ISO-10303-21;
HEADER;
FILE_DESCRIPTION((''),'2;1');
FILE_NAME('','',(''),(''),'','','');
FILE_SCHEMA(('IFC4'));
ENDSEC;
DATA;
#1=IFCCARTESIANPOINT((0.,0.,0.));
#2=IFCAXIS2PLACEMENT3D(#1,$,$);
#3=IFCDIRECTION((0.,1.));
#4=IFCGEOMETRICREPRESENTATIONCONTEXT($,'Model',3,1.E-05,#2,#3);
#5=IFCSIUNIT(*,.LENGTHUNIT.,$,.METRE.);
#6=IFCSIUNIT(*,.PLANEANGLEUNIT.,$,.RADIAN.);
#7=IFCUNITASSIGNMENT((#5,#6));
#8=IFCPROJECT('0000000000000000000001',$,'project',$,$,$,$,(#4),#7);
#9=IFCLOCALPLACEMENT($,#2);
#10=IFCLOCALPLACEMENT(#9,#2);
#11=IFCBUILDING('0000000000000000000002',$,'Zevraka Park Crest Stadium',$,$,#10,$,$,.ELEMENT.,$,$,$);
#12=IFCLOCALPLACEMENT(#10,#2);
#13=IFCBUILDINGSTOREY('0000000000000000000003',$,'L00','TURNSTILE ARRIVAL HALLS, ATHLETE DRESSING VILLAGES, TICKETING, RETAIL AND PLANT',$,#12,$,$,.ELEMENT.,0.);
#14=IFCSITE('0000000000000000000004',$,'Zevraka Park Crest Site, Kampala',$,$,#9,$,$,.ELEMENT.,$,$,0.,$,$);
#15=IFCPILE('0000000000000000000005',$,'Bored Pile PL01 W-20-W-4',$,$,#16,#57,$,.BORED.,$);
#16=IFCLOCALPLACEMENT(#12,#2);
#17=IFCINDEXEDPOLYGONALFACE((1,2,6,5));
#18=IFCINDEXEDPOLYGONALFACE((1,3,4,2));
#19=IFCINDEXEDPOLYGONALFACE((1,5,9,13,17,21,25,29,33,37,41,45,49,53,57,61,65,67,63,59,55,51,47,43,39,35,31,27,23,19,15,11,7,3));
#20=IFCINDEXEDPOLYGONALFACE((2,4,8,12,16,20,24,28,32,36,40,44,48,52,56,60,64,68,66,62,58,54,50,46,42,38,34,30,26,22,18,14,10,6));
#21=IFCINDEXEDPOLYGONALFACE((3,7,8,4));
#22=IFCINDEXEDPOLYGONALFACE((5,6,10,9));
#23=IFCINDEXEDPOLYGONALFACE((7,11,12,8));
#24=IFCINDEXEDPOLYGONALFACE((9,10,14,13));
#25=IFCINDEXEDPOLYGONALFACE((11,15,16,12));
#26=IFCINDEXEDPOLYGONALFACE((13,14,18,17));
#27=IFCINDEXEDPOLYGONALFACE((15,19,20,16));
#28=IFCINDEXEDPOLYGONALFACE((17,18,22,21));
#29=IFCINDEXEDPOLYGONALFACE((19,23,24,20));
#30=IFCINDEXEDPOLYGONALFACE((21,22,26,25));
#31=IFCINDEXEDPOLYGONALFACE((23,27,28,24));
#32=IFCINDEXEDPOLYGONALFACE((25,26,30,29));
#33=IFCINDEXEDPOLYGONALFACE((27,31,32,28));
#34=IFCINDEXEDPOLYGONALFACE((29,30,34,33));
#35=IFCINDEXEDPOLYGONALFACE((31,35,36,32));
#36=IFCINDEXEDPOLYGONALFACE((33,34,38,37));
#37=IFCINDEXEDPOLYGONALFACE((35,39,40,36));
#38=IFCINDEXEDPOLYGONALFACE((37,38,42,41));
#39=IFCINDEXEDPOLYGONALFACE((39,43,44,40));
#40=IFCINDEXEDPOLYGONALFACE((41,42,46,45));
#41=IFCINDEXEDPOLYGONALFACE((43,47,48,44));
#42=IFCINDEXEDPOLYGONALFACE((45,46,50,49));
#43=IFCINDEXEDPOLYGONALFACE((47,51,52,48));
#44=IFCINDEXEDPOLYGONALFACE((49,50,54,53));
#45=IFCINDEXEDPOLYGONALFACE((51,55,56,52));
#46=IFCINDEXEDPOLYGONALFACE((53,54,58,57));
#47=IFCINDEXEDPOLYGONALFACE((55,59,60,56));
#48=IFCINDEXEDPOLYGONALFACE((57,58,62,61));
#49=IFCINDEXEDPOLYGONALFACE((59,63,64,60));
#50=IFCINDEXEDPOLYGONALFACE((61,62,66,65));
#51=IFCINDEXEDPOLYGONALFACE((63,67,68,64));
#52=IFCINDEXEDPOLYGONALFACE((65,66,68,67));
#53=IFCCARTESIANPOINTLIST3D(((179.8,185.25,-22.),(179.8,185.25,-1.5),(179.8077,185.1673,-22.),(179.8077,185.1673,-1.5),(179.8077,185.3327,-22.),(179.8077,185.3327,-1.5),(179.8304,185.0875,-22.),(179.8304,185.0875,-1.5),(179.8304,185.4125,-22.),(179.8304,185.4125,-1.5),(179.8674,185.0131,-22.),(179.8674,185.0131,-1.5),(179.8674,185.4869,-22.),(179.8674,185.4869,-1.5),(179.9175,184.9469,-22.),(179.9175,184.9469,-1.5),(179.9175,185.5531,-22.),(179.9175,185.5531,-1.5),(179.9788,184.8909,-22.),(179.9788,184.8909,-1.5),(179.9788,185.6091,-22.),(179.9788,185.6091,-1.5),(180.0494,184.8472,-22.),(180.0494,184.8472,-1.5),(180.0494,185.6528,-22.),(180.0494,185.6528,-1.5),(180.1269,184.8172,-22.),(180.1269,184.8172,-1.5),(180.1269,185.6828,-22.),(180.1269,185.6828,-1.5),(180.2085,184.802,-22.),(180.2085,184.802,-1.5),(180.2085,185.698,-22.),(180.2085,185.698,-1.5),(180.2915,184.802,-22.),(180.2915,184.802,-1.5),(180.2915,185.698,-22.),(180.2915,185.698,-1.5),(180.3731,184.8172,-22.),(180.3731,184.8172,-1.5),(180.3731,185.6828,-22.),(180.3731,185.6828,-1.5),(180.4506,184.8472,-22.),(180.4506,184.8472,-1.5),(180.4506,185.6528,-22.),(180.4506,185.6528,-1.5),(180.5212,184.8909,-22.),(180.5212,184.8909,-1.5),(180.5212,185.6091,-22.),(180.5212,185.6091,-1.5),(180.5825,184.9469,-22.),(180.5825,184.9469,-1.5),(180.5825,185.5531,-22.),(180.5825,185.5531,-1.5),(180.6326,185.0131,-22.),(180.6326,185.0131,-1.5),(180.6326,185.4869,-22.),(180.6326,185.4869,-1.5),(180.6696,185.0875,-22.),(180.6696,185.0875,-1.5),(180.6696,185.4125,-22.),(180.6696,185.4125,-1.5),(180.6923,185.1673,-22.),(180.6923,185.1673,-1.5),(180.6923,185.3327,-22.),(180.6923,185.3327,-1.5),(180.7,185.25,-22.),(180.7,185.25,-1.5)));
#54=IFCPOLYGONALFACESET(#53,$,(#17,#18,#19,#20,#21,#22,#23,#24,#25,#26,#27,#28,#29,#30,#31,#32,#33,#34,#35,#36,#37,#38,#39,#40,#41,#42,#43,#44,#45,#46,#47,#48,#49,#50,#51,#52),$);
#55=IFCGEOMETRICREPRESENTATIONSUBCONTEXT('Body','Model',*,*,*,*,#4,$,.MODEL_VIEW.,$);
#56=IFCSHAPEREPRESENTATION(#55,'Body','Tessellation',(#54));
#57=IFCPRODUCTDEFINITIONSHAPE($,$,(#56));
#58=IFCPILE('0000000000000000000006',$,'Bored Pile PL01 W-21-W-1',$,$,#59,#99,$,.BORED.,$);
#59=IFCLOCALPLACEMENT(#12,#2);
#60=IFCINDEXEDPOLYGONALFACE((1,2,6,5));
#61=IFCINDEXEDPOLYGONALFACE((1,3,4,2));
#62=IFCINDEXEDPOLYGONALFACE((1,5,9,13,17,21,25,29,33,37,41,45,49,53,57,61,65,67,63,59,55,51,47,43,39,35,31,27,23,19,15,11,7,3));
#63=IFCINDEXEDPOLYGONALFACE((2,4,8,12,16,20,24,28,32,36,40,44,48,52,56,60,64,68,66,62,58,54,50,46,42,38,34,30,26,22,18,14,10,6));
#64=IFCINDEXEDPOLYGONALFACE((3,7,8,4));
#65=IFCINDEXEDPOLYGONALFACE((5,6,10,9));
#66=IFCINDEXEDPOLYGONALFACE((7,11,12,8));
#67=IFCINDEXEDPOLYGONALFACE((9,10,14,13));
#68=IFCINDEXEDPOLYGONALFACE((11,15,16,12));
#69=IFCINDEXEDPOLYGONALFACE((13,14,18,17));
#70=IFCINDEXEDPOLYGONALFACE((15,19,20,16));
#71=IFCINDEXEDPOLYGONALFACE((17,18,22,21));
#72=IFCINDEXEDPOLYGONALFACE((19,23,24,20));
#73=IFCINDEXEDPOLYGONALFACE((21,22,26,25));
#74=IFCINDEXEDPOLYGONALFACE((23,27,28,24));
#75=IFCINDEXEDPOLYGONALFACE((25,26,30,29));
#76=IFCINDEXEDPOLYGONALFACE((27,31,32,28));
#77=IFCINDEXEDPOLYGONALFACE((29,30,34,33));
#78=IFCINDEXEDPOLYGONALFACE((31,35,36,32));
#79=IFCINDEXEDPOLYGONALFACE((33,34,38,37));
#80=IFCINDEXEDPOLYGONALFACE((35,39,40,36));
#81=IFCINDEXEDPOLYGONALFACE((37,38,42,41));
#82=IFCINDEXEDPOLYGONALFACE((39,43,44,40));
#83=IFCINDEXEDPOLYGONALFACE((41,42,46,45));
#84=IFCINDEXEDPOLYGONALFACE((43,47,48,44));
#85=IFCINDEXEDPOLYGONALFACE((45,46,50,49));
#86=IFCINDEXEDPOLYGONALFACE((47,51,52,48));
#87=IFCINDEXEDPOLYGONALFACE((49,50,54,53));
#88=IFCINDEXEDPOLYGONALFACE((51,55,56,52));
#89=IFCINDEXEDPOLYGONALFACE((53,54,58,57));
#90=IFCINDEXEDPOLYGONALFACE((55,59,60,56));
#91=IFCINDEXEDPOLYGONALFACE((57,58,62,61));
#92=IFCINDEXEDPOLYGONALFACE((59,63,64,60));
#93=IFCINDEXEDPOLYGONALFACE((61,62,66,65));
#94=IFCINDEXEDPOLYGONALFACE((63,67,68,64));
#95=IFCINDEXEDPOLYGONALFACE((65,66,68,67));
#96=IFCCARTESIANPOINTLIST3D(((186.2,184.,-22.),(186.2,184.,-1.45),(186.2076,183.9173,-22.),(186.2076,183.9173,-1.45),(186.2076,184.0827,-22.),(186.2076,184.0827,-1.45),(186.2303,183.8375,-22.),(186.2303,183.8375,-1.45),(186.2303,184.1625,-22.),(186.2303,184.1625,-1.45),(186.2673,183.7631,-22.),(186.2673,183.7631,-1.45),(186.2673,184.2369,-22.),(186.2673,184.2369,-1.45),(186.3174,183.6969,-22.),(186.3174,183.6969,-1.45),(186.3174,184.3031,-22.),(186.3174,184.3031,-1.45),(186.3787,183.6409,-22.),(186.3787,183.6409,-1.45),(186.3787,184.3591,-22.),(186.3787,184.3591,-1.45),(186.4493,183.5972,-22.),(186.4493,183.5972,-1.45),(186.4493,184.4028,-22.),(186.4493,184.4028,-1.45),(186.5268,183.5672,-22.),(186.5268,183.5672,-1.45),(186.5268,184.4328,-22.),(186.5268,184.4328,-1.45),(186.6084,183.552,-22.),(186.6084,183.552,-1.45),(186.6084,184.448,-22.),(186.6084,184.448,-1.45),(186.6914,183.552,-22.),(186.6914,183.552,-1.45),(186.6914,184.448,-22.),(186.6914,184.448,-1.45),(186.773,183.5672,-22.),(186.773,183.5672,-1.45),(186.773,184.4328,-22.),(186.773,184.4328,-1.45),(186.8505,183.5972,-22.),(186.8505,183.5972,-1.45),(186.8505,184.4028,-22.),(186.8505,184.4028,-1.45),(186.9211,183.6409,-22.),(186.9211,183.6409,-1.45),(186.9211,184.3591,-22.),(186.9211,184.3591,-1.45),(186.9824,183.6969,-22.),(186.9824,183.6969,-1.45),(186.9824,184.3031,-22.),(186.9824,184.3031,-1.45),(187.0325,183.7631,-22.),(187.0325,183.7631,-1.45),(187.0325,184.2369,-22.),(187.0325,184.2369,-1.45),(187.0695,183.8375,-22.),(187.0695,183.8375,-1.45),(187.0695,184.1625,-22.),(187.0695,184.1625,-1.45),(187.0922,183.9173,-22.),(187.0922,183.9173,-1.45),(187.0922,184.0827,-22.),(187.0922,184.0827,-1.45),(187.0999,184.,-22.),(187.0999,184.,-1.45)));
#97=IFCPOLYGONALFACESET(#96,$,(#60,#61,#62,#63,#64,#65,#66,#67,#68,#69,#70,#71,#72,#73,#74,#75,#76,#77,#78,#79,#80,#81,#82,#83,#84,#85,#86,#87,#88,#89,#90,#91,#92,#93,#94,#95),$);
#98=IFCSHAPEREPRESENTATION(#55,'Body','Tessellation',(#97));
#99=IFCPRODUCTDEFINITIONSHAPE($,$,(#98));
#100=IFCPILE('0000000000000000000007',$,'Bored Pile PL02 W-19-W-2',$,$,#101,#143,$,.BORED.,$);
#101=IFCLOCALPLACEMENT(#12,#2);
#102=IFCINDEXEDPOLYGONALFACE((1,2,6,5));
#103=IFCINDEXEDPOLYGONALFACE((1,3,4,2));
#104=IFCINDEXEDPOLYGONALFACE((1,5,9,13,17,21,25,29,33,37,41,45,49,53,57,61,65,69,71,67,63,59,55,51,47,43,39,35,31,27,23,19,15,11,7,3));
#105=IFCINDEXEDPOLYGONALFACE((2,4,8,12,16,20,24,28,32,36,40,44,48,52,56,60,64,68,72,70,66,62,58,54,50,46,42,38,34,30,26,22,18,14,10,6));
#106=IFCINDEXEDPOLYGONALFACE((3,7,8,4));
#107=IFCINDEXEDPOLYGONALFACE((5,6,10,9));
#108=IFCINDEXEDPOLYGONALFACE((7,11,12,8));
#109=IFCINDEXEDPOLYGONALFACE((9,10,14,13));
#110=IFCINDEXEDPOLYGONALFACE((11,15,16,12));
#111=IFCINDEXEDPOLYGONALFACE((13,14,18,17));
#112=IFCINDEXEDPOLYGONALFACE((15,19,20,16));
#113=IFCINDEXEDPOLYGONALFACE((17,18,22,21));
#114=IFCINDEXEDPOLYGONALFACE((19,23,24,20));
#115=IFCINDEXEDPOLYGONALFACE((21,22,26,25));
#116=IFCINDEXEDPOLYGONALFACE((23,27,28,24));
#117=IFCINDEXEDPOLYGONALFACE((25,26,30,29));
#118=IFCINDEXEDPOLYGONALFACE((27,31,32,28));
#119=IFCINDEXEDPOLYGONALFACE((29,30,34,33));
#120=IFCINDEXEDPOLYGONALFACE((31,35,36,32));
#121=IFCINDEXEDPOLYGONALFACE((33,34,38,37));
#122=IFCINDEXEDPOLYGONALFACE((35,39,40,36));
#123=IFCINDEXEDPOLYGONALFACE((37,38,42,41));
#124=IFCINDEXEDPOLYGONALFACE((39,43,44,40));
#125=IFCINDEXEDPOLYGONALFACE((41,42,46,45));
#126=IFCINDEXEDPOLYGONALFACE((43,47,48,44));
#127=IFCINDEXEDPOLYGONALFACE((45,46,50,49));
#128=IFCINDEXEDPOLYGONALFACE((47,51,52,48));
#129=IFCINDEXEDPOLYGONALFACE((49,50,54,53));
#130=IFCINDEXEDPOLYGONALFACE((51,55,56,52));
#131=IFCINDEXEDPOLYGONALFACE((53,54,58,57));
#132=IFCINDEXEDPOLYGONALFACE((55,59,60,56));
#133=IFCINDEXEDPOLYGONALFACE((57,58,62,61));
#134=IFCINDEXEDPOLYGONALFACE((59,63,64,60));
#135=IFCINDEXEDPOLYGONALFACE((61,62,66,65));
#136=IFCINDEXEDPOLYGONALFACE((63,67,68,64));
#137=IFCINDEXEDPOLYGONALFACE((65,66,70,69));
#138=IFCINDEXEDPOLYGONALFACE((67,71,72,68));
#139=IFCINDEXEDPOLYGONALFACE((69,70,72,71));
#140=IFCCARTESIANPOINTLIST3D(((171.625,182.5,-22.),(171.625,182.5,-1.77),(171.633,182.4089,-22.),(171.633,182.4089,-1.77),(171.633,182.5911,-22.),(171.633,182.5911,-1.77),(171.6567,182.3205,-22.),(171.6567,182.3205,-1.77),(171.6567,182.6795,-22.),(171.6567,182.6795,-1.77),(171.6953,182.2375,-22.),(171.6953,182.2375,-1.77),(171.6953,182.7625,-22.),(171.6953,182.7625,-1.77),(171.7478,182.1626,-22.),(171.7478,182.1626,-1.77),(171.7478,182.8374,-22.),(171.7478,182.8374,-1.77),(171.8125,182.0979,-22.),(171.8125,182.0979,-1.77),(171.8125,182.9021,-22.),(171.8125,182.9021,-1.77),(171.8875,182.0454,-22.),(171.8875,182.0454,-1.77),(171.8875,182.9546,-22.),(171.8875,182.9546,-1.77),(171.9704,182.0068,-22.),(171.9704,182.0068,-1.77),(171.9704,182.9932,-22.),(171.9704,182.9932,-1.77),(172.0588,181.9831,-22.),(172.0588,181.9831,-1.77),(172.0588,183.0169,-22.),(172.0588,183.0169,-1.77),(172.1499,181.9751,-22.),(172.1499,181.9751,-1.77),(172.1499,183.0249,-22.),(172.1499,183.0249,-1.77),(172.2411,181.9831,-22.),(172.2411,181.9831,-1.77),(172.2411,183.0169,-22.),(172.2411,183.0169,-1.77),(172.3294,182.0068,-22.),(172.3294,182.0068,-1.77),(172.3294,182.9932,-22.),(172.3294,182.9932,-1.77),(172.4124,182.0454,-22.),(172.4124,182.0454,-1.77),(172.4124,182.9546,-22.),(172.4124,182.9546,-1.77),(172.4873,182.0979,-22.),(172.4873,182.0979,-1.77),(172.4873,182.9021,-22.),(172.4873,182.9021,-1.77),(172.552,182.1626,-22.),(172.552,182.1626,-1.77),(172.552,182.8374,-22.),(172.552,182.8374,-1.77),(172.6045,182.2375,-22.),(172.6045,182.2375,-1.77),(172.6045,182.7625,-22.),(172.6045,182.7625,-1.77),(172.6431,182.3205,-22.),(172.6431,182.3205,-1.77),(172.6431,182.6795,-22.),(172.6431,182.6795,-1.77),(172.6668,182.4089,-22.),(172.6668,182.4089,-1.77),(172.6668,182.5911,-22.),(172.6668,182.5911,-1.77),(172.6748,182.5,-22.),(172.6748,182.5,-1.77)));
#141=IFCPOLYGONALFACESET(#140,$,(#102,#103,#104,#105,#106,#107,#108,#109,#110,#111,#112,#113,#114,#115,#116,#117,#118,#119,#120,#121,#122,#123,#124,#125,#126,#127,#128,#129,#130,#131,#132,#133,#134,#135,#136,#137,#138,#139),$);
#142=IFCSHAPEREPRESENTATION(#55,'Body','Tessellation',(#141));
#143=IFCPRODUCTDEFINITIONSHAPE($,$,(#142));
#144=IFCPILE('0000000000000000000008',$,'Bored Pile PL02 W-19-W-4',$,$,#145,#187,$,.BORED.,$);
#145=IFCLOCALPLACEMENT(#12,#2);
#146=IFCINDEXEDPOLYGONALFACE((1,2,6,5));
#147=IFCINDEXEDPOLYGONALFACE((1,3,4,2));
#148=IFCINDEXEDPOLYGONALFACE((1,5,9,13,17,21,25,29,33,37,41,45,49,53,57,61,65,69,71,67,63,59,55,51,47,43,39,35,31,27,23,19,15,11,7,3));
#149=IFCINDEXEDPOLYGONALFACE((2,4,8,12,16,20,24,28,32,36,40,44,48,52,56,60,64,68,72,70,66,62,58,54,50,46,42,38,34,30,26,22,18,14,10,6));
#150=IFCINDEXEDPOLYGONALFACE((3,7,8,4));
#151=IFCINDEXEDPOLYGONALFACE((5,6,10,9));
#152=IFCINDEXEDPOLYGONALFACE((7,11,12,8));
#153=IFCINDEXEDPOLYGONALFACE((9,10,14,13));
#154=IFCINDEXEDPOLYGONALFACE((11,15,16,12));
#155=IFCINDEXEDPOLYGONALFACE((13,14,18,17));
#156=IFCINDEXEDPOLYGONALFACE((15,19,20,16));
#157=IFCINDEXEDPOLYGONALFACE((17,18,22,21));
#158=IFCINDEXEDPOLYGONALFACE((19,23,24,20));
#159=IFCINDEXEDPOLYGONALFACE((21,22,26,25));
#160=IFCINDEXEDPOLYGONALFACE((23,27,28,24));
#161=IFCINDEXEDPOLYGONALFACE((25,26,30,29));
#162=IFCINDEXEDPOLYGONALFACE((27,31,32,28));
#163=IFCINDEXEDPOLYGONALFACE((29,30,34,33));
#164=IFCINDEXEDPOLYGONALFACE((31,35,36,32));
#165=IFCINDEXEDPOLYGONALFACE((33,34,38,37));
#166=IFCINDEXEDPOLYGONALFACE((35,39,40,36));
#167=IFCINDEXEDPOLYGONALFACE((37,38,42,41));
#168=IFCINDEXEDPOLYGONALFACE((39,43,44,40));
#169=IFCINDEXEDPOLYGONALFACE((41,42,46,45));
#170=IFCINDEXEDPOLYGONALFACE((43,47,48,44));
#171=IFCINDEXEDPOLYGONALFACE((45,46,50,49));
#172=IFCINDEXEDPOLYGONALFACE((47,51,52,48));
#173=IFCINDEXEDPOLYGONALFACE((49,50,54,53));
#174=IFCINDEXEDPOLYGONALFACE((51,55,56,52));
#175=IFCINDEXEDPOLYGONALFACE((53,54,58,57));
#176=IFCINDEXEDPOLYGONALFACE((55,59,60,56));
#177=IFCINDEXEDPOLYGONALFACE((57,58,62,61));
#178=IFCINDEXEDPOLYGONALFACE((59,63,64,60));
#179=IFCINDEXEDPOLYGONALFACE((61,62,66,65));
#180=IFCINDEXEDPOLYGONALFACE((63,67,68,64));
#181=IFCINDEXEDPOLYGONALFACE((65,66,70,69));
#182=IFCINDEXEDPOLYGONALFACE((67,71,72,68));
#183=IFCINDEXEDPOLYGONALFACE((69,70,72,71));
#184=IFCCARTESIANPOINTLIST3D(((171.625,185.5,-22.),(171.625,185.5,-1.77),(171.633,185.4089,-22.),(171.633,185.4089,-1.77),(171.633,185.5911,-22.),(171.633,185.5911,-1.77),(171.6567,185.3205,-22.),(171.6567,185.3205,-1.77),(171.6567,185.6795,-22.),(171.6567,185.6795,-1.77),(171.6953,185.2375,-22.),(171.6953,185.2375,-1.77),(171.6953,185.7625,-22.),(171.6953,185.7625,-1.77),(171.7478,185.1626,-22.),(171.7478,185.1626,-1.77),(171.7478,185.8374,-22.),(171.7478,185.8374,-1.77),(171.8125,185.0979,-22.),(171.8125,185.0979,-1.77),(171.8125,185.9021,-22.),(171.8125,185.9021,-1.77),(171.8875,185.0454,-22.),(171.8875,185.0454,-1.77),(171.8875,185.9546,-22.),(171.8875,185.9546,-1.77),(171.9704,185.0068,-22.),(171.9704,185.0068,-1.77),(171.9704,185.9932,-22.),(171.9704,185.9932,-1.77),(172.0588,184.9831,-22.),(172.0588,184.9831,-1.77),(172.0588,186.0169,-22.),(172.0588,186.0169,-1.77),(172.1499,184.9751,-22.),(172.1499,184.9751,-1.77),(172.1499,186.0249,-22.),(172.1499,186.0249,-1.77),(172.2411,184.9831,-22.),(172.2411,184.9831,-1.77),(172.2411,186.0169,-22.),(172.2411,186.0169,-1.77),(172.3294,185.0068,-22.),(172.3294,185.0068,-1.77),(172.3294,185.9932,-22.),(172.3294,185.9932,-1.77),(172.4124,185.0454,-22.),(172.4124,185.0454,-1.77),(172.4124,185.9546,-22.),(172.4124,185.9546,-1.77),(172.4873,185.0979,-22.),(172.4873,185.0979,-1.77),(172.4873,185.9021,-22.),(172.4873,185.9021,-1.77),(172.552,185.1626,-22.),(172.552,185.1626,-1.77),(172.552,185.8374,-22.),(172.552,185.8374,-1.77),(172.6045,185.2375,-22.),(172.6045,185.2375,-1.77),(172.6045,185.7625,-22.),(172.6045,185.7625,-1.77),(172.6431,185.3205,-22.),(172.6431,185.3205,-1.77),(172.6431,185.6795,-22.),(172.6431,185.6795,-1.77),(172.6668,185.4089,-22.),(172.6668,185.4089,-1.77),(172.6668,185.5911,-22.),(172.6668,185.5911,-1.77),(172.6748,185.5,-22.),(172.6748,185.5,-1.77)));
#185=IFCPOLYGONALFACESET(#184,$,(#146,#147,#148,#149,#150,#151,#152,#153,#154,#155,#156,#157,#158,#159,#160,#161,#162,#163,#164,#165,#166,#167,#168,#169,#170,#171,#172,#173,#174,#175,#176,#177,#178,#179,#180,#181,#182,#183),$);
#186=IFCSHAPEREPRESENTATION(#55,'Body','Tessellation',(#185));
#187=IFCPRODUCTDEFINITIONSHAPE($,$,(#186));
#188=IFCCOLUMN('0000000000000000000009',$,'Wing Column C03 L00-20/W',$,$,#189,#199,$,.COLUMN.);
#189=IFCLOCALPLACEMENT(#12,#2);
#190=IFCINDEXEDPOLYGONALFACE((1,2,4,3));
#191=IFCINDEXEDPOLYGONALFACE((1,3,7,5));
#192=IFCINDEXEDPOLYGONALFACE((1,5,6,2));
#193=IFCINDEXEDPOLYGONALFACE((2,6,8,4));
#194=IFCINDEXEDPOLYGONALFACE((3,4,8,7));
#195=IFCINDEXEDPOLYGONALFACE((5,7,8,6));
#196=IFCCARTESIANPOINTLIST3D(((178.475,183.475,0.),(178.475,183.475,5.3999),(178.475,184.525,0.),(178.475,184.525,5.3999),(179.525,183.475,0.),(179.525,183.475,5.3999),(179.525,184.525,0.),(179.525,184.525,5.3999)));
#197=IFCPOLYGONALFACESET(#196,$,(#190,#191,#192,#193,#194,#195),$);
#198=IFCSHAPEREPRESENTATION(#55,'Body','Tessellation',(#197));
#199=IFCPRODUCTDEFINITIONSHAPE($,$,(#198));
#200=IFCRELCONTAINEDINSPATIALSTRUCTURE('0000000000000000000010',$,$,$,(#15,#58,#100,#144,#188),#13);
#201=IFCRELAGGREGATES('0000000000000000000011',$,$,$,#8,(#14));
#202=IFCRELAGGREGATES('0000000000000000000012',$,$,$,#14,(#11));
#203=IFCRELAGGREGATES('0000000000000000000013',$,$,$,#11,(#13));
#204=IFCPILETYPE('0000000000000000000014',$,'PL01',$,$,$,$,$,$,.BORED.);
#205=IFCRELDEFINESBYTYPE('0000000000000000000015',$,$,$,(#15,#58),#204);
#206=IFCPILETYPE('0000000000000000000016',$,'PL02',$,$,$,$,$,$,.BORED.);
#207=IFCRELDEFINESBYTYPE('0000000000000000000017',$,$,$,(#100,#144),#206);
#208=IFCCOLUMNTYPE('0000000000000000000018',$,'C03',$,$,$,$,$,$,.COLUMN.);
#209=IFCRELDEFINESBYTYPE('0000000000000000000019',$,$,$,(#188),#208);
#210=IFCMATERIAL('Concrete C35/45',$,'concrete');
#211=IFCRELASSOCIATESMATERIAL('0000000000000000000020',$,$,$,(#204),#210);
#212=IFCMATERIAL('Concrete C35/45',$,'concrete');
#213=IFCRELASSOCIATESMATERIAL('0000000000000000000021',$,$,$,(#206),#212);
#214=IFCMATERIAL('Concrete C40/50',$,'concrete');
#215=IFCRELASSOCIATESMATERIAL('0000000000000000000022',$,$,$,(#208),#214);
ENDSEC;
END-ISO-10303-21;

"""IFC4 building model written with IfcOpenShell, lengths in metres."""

from ifc_helpers import new_model, si_unit, direction, frame, origin, origin_2d, place, context, subcontext, project, spatial, rectangle, circle, extrude, material, material_profile, profile_set, type_object, element, save


model = new_model("IFC4")

# Units and contexts
model_context = context("Model", 3, precision=1e-05, world=origin(), true_north=direction((0.0, 1.0)))
body_context = subcontext(model_context, "Body", "Model", "MODEL_VIEW")
ifc_project = project(units=[si_unit("LENGTHUNIT", "METRE"), si_unit("PLANEANGLEUNIT", "RADIAN")], contexts=[model_context])

# Site, building, storey
site_placement = place(None, origin())
site = spatial("IfcSite", under=ifc_project, at=site_placement, Name="Zevraka Park Crest Site, Kampala", CompositionType="ELEMENT", RefElevation=0.0)
building_placement = place(site_placement, origin())
building = spatial("IfcBuilding", under=site, at=building_placement, Name="Zevraka Park Crest Stadium", CompositionType="ELEMENT")
storey_placement = place(building_placement, origin())
storey = spatial("IfcBuildingStorey", under=building, at=storey_placement, Name="L00", Description="TURNSTILE ARRIVAL HALLS, ATHLETE DRESSING VILLAGES, TICKETING, RETAIL AND PLANT", CompositionType="ELEMENT", Elevation=0.0)

# Piles
ifc_material_1 = material(Name="Concrete C35/45", Category="concrete")
ifc_material_profile_1 = material_profile(ifc_material_1, circle(Radius=0.45, at=origin_2d()), Name="PILE D900")
ifc_profile_set_1 = profile_set([ifc_material_profile_1], Name="Concrete C35/45")
pile_type_1 = type_object("IfcPileType", Name="PL01", PredefinedType="BORED", material=ifc_profile_set_1)
for number, where, z_axis, x_axis, name in (
    (1, (180.25, 185.25, -1.5), (0.0, 0.0, -1.0), (1.0, 0.0, 0.0), "Bored Pile PL01 W-20-W-4"),
):
    element("IfcPile", number, at=place(storey_placement, frame(where, z_axis=z_axis, x_axis=x_axis)), inside=storey, type_object=pile_type_1, Name=name, PredefinedType="BORED", context=body_context, shape_type="SweptSolid", body=[
        extrude(circle(Radius=0.45, at=origin_2d()), origin(), (0.0, 0.0, 1.0), 20.5),
    ])
pile_placement = place(storey_placement, frame((186.6499, 184.0, -1.45), z_axis=(0.0, 0.0, -1.0), x_axis=(1.0, 0.0, 0.0)))
element("IfcPile", 2, at=pile_placement, inside=storey, type_object=pile_type_1, Name="Bored Pile PL01 W-21-W-1", PredefinedType="BORED", context=body_context, shape_type="SweptSolid", body=[
    extrude(circle(Radius=0.45, at=origin_2d()), origin(), (0.0, 0.0, 1.0), 20.55),
])
ifc_material_2 = material(Name="Concrete C35/45", Category="concrete")
ifc_material_profile_2 = material_profile(ifc_material_2, circle(Radius=0.5249, at=origin_2d()), Name="PILE D1050")
ifc_profile_set_2 = profile_set([ifc_material_profile_2], Name="Concrete C35/45")
pile_type_2 = type_object("IfcPileType", Name="PL02", PredefinedType="BORED", material=ifc_profile_set_2)
for number, where, z_axis, x_axis, name in (
    (3, (172.1499, 182.5, -1.77), (0.0, 0.0, -1.0), (1.0, 0.0, 0.0), "Bored Pile PL02 W-19-W-2"),
    (4, (172.1499, 185.5, -1.77), (0.0, 0.0, -1.0), (1.0, 0.0, 0.0), "Bored Pile PL02 W-19-W-4"),
):
    element("IfcPile", number, at=place(storey_placement, frame(where, z_axis=z_axis, x_axis=x_axis)), inside=storey, type_object=pile_type_2, Name=name, PredefinedType="BORED", context=body_context, shape_type="SweptSolid", body=[
        extrude(circle(Radius=0.5249, at=origin_2d()), origin(), (0.0, 0.0, 1.0), 20.23),
    ])

# Column
ifc_material_3 = material(Name="Concrete C40/50", Category="concrete")
ifc_material_profile_3 = material_profile(ifc_material_3, rectangle(XDim=1.05, YDim=1.05, at=origin_2d()), Name="RC 1050x1050")
ifc_profile_set_3 = profile_set([ifc_material_profile_3], Name="Concrete C40/50")
column_type = type_object("IfcColumnType", Name="C03", PredefinedType="COLUMN", material=ifc_profile_set_3)
for number, where, z_axis, x_axis, name in (
    (5, (179.0, 184.0, 0.0), (0.0, 0.0, 1.0), (1.0, 0.0, 0.0), "Wing Column C03 L00-20/W"),
):
    element("IfcColumn", number, at=place(storey_placement, frame(where, z_axis=z_axis, x_axis=x_axis)), inside=storey, type_object=column_type, Name=name, PredefinedType="COLUMN", context=body_context, shape_type="SweptSolid", body=[
        extrude(rectangle(XDim=1.05, YDim=1.05, at=origin_2d()), origin(), (0.0, 0.0, 1.0), 5.3999),
    ])

save(model, "model.ifc")
